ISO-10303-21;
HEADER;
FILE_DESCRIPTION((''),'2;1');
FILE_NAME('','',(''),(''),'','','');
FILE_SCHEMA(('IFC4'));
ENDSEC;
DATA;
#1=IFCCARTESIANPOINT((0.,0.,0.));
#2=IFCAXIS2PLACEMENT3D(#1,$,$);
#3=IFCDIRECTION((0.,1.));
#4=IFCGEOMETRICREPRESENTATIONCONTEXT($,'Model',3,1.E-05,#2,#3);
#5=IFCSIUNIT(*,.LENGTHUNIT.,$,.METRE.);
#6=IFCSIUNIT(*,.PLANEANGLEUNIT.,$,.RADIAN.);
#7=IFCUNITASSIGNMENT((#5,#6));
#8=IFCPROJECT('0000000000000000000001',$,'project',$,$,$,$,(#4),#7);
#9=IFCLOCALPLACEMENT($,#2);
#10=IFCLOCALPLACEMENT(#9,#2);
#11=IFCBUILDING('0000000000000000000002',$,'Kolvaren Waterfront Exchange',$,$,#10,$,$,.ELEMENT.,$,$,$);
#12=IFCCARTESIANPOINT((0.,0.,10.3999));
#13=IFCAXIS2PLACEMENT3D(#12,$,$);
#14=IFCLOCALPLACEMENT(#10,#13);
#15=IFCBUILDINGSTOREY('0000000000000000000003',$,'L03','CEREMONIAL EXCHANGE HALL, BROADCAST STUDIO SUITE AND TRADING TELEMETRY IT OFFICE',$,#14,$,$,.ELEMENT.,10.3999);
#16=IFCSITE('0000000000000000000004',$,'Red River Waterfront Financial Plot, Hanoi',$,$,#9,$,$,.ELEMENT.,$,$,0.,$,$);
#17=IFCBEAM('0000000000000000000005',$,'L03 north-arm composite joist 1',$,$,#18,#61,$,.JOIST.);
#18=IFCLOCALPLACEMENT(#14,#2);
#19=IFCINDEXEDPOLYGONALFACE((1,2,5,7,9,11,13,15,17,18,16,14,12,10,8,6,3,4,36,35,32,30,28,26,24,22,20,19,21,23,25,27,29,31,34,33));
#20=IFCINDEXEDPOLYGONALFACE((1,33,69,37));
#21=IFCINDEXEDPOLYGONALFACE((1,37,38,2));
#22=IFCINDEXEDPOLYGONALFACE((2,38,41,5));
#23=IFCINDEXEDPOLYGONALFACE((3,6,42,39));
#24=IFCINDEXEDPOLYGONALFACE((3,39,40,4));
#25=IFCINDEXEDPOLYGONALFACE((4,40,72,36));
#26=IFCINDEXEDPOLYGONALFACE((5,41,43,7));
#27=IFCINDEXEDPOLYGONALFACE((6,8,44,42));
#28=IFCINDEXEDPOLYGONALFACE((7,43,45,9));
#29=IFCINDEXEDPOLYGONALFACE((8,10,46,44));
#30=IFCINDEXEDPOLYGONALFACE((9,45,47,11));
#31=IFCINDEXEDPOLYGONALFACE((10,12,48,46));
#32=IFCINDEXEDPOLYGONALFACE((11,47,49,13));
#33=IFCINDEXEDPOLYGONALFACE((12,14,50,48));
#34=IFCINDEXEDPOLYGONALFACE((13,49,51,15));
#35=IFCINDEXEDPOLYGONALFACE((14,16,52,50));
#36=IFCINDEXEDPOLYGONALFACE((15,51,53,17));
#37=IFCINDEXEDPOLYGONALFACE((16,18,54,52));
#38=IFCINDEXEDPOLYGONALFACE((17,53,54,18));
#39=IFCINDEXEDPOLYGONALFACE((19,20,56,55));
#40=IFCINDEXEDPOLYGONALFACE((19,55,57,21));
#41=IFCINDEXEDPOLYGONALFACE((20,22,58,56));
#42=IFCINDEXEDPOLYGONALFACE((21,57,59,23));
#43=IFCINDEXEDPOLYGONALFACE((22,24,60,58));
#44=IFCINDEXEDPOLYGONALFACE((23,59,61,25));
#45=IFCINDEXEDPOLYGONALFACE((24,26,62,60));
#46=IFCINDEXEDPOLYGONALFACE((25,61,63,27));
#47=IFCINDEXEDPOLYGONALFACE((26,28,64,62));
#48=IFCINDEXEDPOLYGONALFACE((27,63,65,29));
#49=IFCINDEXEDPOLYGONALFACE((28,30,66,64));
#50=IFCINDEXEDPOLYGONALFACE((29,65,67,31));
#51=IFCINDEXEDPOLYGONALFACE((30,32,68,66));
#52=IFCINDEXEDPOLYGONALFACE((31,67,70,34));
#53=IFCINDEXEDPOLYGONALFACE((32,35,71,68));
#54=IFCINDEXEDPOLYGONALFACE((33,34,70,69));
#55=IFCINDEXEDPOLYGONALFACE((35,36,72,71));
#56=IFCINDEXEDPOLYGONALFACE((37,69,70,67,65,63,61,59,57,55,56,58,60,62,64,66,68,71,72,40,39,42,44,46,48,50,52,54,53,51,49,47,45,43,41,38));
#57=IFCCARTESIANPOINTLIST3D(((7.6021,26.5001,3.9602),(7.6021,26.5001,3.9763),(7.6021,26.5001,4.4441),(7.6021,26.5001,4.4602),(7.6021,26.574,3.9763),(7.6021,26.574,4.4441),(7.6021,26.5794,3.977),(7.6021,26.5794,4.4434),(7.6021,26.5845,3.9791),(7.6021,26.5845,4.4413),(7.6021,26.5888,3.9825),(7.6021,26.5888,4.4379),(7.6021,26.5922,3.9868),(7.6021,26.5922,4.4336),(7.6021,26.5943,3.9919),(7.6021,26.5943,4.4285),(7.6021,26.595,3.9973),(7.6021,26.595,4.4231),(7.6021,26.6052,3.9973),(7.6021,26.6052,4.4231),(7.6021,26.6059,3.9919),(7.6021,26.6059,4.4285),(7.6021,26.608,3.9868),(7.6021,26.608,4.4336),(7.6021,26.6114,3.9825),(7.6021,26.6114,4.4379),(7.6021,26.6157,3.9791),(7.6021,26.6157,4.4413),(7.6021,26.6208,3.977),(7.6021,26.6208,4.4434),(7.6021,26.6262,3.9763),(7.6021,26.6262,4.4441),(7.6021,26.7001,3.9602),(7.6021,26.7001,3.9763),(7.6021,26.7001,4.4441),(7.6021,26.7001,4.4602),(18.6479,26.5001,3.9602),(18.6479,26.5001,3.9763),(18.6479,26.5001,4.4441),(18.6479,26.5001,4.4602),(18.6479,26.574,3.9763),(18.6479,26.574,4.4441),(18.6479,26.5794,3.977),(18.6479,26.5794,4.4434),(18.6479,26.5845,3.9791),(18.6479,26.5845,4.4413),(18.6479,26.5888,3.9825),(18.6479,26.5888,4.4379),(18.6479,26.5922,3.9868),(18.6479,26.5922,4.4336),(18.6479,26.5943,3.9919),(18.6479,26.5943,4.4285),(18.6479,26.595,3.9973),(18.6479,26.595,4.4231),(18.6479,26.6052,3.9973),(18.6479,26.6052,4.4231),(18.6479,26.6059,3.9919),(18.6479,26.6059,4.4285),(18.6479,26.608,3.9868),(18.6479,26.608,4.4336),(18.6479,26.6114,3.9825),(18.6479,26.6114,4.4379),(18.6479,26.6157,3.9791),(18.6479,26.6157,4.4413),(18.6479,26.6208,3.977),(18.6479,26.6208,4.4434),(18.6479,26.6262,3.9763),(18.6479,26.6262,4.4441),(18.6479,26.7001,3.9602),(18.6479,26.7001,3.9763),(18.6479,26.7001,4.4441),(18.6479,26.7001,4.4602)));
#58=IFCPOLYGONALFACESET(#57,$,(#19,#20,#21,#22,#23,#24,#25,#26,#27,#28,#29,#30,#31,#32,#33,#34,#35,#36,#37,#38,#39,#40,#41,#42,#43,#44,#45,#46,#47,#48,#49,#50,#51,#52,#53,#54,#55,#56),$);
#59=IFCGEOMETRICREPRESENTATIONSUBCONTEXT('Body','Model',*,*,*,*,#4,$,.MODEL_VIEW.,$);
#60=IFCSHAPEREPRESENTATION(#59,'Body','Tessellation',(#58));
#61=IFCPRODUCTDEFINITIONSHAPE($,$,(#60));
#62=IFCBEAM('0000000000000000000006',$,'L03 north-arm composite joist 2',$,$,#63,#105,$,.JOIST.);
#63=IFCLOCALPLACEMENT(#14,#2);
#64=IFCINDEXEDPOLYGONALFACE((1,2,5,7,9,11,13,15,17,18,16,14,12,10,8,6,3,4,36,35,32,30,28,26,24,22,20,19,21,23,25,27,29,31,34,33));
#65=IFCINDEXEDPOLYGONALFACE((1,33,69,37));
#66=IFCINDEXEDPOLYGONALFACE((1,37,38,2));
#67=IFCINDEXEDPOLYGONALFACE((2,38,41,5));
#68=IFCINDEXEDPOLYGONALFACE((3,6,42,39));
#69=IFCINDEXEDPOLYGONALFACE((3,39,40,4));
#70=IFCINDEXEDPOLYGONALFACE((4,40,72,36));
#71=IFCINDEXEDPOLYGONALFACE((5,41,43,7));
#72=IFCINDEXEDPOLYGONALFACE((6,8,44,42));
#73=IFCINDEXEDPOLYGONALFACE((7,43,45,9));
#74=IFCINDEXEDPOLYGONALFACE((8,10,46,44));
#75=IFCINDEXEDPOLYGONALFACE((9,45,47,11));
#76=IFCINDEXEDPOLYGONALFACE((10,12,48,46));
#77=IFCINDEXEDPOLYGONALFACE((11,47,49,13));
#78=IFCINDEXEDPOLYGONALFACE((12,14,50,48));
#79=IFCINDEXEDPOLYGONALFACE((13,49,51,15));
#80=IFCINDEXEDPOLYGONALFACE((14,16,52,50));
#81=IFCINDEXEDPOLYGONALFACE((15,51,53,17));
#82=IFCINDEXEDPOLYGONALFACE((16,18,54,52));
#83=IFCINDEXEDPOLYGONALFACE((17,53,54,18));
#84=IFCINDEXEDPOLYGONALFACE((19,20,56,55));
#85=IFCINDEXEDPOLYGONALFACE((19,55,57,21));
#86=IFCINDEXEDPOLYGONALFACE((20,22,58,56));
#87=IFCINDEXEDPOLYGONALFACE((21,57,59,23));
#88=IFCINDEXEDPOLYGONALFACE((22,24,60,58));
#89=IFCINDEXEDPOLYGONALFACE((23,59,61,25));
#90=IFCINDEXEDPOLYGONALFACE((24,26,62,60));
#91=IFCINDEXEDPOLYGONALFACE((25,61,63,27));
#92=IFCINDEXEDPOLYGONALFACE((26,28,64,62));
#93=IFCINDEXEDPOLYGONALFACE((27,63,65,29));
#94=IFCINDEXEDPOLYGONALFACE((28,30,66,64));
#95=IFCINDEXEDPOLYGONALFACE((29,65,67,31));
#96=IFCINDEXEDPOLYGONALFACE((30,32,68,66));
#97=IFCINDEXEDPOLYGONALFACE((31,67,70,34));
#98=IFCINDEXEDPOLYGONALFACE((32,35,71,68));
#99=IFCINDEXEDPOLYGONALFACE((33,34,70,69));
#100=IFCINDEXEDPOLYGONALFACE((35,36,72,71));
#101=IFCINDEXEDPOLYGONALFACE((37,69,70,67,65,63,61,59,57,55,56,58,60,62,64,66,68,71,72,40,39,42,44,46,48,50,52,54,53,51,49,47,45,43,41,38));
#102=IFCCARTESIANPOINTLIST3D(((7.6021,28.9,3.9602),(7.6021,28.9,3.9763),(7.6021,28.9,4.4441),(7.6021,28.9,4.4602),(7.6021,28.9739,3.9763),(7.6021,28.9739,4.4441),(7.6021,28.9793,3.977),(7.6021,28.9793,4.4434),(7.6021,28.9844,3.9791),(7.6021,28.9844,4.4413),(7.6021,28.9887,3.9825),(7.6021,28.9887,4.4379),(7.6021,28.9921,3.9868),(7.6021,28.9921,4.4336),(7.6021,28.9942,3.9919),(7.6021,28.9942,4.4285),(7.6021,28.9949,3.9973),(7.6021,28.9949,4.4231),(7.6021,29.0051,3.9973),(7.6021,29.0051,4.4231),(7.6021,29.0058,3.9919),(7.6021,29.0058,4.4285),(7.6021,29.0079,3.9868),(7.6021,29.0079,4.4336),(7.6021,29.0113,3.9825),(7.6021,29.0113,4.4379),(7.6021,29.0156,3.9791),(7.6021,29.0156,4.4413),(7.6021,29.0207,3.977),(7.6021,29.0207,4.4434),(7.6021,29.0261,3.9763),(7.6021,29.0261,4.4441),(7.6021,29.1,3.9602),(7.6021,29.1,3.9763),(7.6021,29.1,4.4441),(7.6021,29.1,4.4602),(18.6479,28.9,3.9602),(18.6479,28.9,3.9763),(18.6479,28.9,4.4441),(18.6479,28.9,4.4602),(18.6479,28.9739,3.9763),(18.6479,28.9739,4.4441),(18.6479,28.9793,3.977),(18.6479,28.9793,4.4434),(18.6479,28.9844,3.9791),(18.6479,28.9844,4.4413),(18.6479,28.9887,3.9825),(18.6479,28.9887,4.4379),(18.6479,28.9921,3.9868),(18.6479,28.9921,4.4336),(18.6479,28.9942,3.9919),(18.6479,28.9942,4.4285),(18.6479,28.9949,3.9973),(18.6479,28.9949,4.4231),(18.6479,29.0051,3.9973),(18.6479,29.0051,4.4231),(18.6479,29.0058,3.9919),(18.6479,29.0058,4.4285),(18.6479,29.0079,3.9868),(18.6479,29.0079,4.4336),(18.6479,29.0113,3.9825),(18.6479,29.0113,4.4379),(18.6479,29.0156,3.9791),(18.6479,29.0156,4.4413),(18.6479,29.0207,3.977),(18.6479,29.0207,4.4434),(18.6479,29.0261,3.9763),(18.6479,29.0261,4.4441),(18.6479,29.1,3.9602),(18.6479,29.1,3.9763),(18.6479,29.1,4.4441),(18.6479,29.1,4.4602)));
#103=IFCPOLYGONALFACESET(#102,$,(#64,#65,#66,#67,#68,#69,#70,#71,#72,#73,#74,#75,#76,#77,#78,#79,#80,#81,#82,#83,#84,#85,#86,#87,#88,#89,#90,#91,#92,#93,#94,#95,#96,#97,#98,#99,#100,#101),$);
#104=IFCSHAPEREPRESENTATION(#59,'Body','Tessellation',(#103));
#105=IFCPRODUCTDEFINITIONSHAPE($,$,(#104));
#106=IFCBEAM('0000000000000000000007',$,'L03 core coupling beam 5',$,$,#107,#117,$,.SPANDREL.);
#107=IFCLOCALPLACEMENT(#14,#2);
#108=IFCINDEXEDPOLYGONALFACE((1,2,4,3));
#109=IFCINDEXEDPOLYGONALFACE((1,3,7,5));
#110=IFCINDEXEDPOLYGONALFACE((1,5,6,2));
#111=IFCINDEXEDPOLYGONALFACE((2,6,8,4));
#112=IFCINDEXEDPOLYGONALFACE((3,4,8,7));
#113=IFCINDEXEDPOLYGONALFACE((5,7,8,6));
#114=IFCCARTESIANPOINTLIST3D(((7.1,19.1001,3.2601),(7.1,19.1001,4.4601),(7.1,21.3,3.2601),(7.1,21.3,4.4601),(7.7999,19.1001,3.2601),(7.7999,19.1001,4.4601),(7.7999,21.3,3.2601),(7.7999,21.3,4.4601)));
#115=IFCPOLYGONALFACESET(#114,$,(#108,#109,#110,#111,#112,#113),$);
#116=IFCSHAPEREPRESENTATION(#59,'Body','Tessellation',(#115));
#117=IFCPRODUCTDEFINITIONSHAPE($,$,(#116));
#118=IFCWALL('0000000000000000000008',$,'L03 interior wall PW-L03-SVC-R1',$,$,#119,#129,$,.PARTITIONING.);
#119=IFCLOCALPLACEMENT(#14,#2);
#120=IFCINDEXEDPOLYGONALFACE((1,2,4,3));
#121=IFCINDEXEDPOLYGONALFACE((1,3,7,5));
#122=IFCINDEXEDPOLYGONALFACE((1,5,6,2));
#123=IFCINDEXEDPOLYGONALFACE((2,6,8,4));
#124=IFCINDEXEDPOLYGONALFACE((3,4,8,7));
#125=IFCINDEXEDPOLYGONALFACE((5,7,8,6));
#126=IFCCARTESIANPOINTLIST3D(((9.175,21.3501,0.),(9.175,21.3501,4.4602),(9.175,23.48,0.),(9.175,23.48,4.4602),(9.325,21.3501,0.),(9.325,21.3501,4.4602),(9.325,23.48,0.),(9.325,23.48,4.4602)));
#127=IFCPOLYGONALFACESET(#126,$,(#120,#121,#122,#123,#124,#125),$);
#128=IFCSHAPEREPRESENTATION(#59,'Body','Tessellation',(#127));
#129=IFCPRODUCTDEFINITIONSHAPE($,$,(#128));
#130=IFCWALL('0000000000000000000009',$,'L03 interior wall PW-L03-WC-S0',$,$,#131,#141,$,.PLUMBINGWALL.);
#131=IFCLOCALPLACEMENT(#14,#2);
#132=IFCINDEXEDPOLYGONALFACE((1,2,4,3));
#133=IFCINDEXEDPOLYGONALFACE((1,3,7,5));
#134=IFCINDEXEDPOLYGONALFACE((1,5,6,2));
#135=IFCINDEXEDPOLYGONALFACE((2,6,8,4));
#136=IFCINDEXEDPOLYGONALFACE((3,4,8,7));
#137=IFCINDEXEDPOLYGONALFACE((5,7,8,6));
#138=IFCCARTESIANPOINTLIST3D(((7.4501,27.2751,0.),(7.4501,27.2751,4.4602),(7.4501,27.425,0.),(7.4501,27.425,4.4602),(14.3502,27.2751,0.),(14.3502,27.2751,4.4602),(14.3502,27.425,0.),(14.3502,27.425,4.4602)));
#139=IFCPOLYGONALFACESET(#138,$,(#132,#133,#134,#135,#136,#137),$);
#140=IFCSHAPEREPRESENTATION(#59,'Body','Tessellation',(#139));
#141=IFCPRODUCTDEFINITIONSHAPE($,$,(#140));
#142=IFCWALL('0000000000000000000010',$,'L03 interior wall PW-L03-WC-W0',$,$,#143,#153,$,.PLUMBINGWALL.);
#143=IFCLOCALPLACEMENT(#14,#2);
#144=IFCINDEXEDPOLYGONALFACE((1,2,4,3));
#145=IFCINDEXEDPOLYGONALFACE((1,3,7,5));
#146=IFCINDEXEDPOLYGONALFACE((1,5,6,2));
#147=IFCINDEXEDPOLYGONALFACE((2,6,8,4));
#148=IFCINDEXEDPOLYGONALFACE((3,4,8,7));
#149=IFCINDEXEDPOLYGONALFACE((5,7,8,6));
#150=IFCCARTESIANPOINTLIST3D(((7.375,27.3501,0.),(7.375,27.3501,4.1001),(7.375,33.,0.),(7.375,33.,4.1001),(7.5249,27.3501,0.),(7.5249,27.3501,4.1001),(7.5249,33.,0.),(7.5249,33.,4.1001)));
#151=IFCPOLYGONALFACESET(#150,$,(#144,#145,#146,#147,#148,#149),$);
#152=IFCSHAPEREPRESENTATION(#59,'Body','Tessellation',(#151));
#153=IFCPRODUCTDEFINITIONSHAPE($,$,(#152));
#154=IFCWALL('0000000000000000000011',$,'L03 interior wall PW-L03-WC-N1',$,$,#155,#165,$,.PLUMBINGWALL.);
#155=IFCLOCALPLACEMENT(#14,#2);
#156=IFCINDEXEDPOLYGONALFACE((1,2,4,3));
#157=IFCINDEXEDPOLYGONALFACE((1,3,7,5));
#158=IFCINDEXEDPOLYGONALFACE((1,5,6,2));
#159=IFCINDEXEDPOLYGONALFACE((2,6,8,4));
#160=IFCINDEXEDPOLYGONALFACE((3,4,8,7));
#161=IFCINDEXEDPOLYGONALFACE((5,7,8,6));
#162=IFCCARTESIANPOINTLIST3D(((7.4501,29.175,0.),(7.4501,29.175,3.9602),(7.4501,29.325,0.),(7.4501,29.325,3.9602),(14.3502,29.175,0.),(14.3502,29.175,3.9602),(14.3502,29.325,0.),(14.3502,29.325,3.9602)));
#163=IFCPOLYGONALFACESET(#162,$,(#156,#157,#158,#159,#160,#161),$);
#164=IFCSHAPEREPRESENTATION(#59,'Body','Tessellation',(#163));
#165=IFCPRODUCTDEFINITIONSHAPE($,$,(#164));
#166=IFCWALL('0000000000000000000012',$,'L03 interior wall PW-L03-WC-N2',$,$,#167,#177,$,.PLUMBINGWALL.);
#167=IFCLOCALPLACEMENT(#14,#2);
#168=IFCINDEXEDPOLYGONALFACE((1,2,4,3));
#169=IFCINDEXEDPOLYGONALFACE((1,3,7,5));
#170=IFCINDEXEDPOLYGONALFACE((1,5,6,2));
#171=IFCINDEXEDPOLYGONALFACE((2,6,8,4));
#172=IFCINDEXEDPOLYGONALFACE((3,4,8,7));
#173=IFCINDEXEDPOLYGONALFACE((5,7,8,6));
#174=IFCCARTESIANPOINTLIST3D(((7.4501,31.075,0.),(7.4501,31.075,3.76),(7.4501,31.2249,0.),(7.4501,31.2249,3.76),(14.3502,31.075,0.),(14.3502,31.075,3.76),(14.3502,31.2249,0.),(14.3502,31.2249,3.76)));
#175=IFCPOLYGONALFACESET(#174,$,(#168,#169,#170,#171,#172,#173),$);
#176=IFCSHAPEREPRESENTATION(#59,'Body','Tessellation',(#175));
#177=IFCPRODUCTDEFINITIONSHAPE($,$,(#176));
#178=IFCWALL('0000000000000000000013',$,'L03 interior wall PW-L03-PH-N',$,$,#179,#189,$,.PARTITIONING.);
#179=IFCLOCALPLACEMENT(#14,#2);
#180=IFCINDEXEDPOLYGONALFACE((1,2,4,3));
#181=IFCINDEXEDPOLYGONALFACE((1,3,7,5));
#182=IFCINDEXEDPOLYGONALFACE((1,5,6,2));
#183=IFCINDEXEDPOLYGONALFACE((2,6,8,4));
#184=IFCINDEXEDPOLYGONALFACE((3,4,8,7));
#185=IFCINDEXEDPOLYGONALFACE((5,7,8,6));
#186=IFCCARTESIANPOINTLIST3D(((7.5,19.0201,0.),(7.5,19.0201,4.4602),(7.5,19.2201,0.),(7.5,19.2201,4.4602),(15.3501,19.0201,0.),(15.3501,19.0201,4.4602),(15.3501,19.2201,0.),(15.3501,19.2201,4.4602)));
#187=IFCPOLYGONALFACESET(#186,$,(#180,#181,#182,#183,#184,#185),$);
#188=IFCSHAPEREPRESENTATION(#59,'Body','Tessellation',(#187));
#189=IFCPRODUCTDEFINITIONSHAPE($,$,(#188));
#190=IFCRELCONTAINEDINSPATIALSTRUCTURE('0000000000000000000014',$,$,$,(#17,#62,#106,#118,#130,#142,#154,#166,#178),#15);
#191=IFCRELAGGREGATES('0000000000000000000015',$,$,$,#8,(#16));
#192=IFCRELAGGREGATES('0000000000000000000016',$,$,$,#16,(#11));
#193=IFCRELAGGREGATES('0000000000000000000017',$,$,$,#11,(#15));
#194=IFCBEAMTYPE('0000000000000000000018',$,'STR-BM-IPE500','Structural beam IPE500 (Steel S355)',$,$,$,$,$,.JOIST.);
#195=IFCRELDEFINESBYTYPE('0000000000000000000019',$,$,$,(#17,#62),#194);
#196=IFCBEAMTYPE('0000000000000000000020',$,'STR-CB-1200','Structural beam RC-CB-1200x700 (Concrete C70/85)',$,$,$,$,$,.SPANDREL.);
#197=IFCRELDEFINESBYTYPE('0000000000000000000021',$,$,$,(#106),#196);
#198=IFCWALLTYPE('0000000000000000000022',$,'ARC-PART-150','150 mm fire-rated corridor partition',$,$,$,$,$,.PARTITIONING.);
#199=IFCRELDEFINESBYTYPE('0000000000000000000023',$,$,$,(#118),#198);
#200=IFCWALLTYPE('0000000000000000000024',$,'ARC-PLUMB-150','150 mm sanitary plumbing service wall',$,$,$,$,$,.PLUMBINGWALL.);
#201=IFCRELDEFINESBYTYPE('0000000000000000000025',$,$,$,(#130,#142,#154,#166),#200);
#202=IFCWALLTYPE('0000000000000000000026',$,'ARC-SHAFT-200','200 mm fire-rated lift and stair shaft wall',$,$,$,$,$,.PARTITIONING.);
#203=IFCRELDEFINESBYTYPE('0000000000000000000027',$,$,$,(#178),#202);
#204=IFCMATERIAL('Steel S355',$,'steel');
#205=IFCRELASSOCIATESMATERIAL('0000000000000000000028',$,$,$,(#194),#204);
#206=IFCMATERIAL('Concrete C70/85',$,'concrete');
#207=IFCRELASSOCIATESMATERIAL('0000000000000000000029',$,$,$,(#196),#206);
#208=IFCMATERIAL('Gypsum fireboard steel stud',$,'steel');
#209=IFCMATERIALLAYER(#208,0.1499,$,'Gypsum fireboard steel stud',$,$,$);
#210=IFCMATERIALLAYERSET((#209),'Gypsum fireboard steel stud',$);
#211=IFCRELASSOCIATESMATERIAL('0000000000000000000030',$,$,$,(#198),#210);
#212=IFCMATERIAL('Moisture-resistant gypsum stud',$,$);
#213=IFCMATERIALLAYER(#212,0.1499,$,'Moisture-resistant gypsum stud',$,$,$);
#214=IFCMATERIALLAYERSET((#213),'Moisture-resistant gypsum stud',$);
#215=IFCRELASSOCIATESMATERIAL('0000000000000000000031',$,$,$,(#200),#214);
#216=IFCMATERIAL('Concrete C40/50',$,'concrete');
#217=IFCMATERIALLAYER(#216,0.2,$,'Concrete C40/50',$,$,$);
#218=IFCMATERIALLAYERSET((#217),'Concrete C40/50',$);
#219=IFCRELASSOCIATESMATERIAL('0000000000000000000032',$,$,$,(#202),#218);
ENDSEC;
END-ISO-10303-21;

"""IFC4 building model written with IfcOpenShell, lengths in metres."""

from ifc_helpers import new_model, si_unit, direction, frame, frame_2d, origin, origin_2d, place, context, subcontext, project, spatial, rectangle, i_section, extrude, material, layer, layer_set, material_profile, profile_set, type_object, element, save


model = new_model("IFC4")

# Units and contexts
model_context = context("Model", 3, precision=1e-05, world=origin(), true_north=direction((0.0, 1.0)))
body_context = subcontext(model_context, "Body", "Model", "MODEL_VIEW")
ifc_project = project(units=[si_unit("LENGTHUNIT", "METRE"), si_unit("PLANEANGLEUNIT", "RADIAN")], contexts=[model_context])

# Site, building, storey
site_placement = place(None, origin())
site = spatial("IfcSite", under=ifc_project, at=site_placement, Name="Red River Waterfront Financial Plot, Hanoi", CompositionType="ELEMENT", RefElevation=0.0)
building_placement = place(site_placement, origin())
building = spatial("IfcBuilding", under=site, at=building_placement, Name="Kolvaren Waterfront Exchange", CompositionType="ELEMENT")
storey_placement = place(building_placement, frame((0.0, 0.0, 10.3999)))
storey = spatial("IfcBuildingStorey", under=building, at=storey_placement, Name="L03", Description="CEREMONIAL EXCHANGE HALL, BROADCAST STUDIO SUITE AND TRADING TELEMETRY IT OFFICE", CompositionType="ELEMENT", Elevation=10.3999)

# Shared definitions
ifc_material_1 = material(Name="Concrete C70/85", Category="concrete")

# Beams
ifc_material_2 = material(Name="Steel S355", Category="steel")
ifc_material_profile_1 = material_profile(ifc_material_2, i_section(OverallWidth=0.2, OverallDepth=0.5, WebThickness=0.0103, FlangeThickness=0.0161, FilletRadius=0.021, at=origin_2d()), Name="IPE500")
ifc_profile_set_1 = profile_set([ifc_material_profile_1], Name="Steel S355")
beam_type_1 = type_object("IfcBeamType", Name="STR-BM-IPE500", Description="Structural beam IPE500 (Steel S355)", PredefinedType="JOIST", material=ifc_profile_set_1)
for number, where, z_axis, x_axis, name in (
    (1, (7.6021, 26.6001, 4.2102), (1.0, 0.0, 0.0), (0.0, 1.0, 0.0), "L03 north-arm composite joist 1"),
    (2, (7.6021, 29.0, 4.2102), (1.0, 0.0, 0.0), (0.0, 1.0, 0.0), "L03 north-arm composite joist 2"),
):
    element("IfcBeam", number, at=place(storey_placement, frame(where, z_axis=z_axis, x_axis=x_axis)), inside=storey, type_object=beam_type_1, Name=name, PredefinedType="JOIST", context=body_context, shape_type="SweptSolid", body=[
        extrude(i_section(OverallWidth=0.2, OverallDepth=0.5, WebThickness=0.0103, FlangeThickness=0.0161, FilletRadius=0.021, at=origin_2d()), origin(), (0.0, 0.0, 1.0), 11.0459),
    ])
ifc_material_profile_2 = material_profile(ifc_material_1, rectangle(XDim=0.7, YDim=1.2, at=origin_2d()), Name="RC-CB-1200x700")
ifc_profile_set_2 = profile_set([ifc_material_profile_2], Name="Concrete C70/85")
beam_type_2 = type_object("IfcBeamType", Name="STR-CB-1200", Description="Structural beam RC-CB-1200x700 (Concrete C70/85)", PredefinedType="SPANDREL", material=ifc_profile_set_2)
beam_1_placement = place(storey_placement, frame((7.45, 19.1001, 3.8601), z_axis=(0.0, 1.0, 0.0), x_axis=(-1.0, 0.0, 0.0)))
element("IfcBeam", 3, at=beam_1_placement, inside=storey, type_object=beam_type_2, Name="L03 core coupling beam 5", PredefinedType="SPANDREL", context=body_context, shape_type="SweptSolid", body=[
    extrude(rectangle(XDim=0.7, YDim=1.2, at=origin_2d()), origin(), (0.0, 0.0, 1.0), 2.2),
])

# Wall
ifc_material_3 = material(Name="Gypsum fireboard steel stud", Category="steel")
ifc_layer_1 = layer(ifc_material_3, 0.1499, Name="Gypsum fireboard steel stud")
ifc_layer_set_1 = layer_set([ifc_layer_1], Name="Gypsum fireboard steel stud")
wall_type_1 = type_object("IfcWallType", Name="ARC-PART-150", Description="150 mm fire-rated corridor partition", PredefinedType="PARTITIONING", material=ifc_layer_set_1)
wall_1_placement = place(storey_placement, frame((9.25, 21.3501, 0.0), z_axis=(0.0, 0.0, 1.0), x_axis=(0.0, 1.0, 0.0)))
element("IfcWall", 4, at=wall_1_placement, inside=storey, type_object=wall_type_1, Name="L03 interior wall PW-L03-SVC-R1", PredefinedType="PARTITIONING", context=body_context, shape_type="SweptSolid", body=[
    extrude(rectangle(XDim=2.1299, YDim=0.1499, at=frame_2d((1.0649, 0.0))), origin(), (0.0, 0.0, 1.0), 4.4602),
])

# Walls
ifc_material_4 = material(Name="Moisture-resistant gypsum stud")
ifc_layer_2 = layer(ifc_material_4, 0.1499, Name="Moisture-resistant gypsum stud")
ifc_layer_set_2 = layer_set([ifc_layer_2], Name="Moisture-resistant gypsum stud")
wall_type_2 = type_object("IfcWallType", Name="ARC-PLUMB-150", Description="150 mm sanitary plumbing service wall", PredefinedType="PLUMBINGWALL", material=ifc_layer_set_2)
wall_2_placement = place(storey_placement, frame((7.45, 27.3501, 0.0), z_axis=(0.0, 0.0, 1.0), x_axis=(1.0, 0.0, 0.0)))
element("IfcWall", 5, at=wall_2_placement, inside=storey, type_object=wall_type_2, Name="L03 interior wall PW-L03-WC-S0", PredefinedType="PLUMBINGWALL", context=body_context, shape_type="SweptSolid", body=[
    extrude(rectangle(XDim=6.9001, YDim=0.1499, at=frame_2d((3.4502, 0.0))), origin(), (0.0, 0.0, 1.0), 4.4602),
])
wall_3_placement = place(storey_placement, frame((7.45, 27.3501, 0.0), z_axis=(0.0, 0.0, 1.0), x_axis=(0.0, 1.0, 0.0)))
element("IfcWall", 6, at=wall_3_placement, inside=storey, type_object=wall_type_2, Name="L03 interior wall PW-L03-WC-W0", PredefinedType="PLUMBINGWALL", context=body_context, shape_type="SweptSolid", body=[
    extrude(rectangle(XDim=5.6499, YDim=0.1499, at=frame_2d((2.825, 0.0))), origin(), (0.0, 0.0, 1.0), 4.1001),
])
wall_4_placement = place(storey_placement, frame((7.45, 29.25, 0.0), z_axis=(0.0, 0.0, 1.0), x_axis=(1.0, 0.0, 0.0)))
element("IfcWall", 7, at=wall_4_placement, inside=storey, type_object=wall_type_2, Name="L03 interior wall PW-L03-WC-N1", PredefinedType="PLUMBINGWALL", context=body_context, shape_type="SweptSolid", body=[
    extrude(rectangle(XDim=6.9001, YDim=0.1499, at=frame_2d((3.4502, 0.0))), origin(), (0.0, 0.0, 1.0), 3.9602),
])
wall_5_placement = place(storey_placement, frame((7.45, 31.1499, 0.0), z_axis=(0.0, 0.0, 1.0), x_axis=(1.0, 0.0, 0.0)))
element("IfcWall", 8, at=wall_5_placement, inside=storey, type_object=wall_type_2, Name="L03 interior wall PW-L03-WC-N2", PredefinedType="PLUMBINGWALL", context=body_context, shape_type="SweptSolid", body=[
    extrude(rectangle(XDim=6.9001, YDim=0.1499, at=frame_2d((3.4502, 0.0))), origin(), (0.0, 0.0, 1.0), 3.76),
])
ifc_material_5 = material(Name="Concrete C40/50", Category="concrete")
ifc_layer_3 = layer(ifc_material_5, 0.2, Name="Concrete C40/50")
ifc_layer_set_3 = layer_set([ifc_layer_3], Name="Concrete C40/50")
wall_type_3 = type_object("IfcWallType", Name="ARC-SHAFT-200", Description="200 mm fire-rated lift and stair shaft wall", PredefinedType="PARTITIONING", material=ifc_layer_set_3)
wall_6_placement = place(storey_placement, frame((7.5, 19.1201, 0.0), z_axis=(0.0, 0.0, 1.0), x_axis=(1.0, 0.0, 0.0)))
element("IfcWall", 9, at=wall_6_placement, inside=storey, type_object=wall_type_3, Name="L03 interior wall PW-L03-PH-N", PredefinedType="PARTITIONING", context=body_context, shape_type="SweptSolid", body=[
    extrude(rectangle(XDim=7.8501, YDim=0.2, at=frame_2d((3.925, 0.0))), origin(), (0.0, 0.0, 1.0), 4.4602),
])

save(model, "model.ifc")
